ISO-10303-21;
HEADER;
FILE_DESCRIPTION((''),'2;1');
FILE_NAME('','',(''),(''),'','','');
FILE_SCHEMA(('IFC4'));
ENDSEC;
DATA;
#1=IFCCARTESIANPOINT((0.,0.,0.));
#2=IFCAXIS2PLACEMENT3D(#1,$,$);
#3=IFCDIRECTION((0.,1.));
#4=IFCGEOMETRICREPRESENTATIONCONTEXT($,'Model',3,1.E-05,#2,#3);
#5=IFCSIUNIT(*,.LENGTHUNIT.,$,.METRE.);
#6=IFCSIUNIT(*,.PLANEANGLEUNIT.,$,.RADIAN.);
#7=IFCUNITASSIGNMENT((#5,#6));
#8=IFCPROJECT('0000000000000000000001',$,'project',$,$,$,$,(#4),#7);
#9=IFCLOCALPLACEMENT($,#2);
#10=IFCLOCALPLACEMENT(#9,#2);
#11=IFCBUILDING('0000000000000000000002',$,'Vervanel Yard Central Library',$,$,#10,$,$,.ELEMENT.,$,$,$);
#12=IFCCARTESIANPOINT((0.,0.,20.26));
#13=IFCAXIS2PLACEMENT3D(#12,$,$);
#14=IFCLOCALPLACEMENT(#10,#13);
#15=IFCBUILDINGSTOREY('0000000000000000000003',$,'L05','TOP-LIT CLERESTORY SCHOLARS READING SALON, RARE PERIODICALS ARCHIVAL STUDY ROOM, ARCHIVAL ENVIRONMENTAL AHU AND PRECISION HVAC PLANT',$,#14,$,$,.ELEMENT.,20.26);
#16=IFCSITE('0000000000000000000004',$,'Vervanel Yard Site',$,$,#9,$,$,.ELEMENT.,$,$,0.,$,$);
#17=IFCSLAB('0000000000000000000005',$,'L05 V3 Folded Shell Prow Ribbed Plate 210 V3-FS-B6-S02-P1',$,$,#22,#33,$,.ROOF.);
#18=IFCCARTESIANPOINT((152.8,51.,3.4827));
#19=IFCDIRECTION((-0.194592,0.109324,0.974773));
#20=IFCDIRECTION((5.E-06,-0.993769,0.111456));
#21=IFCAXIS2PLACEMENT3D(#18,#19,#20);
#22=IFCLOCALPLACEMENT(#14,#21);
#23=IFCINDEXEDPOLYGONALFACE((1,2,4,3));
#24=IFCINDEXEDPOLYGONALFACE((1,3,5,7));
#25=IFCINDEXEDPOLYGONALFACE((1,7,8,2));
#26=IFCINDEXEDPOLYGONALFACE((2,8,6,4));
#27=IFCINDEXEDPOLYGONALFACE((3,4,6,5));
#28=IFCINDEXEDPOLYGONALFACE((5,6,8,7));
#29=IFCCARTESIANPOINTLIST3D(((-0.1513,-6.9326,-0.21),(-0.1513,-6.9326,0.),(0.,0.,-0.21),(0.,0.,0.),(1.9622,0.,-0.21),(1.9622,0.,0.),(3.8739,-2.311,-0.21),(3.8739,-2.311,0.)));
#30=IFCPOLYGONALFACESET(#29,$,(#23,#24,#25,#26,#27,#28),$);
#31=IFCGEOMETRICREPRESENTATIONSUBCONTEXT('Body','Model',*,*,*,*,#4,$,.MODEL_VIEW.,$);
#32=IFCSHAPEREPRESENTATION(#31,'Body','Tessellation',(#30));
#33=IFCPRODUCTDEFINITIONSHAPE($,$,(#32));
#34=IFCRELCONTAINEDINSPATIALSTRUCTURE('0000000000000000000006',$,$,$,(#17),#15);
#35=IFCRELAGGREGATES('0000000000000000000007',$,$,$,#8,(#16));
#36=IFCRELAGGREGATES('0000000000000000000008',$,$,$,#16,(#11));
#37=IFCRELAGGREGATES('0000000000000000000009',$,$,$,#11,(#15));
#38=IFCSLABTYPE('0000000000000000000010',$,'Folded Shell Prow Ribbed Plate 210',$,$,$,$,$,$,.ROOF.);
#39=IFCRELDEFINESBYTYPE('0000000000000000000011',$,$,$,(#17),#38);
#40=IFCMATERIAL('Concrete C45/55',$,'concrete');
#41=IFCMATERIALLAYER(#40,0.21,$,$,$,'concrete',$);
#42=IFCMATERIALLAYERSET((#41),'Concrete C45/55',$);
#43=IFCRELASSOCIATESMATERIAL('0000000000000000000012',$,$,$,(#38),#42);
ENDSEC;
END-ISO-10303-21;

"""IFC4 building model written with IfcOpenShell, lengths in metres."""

from ifc_helpers import new_model, si_unit, direction, frame, origin, place, context, subcontext, project, spatial, polyline, outline, extrude, material, layer, layer_set, type_object, element, save


model = new_model("IFC4")

# Units and contexts
model_context = context("Model", 3, precision=1e-05, world=origin(), true_north=direction((0.0, 1.0)))
body_context = subcontext(model_context, "Body", "Model", "MODEL_VIEW")
ifc_project = project(units=[si_unit("LENGTHUNIT", "METRE"), si_unit("PLANEANGLEUNIT", "RADIAN")], contexts=[model_context])

# Site, building, storey
site_placement = place(None, origin())
site = spatial("IfcSite", under=ifc_project, at=site_placement, Name="Vervanel Yard Site", CompositionType="ELEMENT", RefElevation=0.0)
building_placement = place(site_placement, origin())
building = spatial("IfcBuilding", under=site, at=building_placement, Name="Vervanel Yard Central Library", CompositionType="ELEMENT")
storey_placement = place(building_placement, frame((0.0, 0.0, 20.26)))
storey = spatial("IfcBuildingStorey", under=building, at=storey_placement, Name="L05", Description="TOP-LIT CLERESTORY SCHOLARS READING SALON, RARE PERIODICALS ARCHIVAL STUDY ROOM, ARCHIVAL ENVIRONMENTAL AHU AND PRECISION HVAC PLANT", CompositionType="ELEMENT", Elevation=20.26)

# Slab
ifc_material_1 = material(Name="Concrete C45/55", Category="concrete")
ifc_layer_1 = layer(ifc_material_1, 0.21, Category="concrete")
ifc_layer_set_1 = layer_set([ifc_layer_1], Name="Concrete C45/55")
slab_type_1 = type_object("IfcSlabType", Name="Folded Shell Prow Ribbed Plate 210", PredefinedType="ROOF", material=ifc_layer_set_1)
slab_1_placement = place(storey_placement, frame((152.8, 51.0, 3.4827), z_axis=(-0.194592, 0.109324, 0.974773), x_axis=(0.000005, -0.993769, 0.111456)))
element("IfcSlab", 1, at=slab_1_placement, inside=storey, type_object=slab_type_1, Name="L05 V3 Folded Shell Prow Ribbed Plate 210 V3-FS-B6-S02-P1", PredefinedType="ROOF", context=body_context, shape_type="SweptSolid", body=[
    extrude(outline(polyline([(-0.1513, -6.9326), (3.8739, -2.311), (1.9622, 0.0), (0.0, 0.0), (-0.1513, -6.9326)])), origin(), (0.0, 0.0, -1.0), 0.21),
])

save(model, "model.ifc")
